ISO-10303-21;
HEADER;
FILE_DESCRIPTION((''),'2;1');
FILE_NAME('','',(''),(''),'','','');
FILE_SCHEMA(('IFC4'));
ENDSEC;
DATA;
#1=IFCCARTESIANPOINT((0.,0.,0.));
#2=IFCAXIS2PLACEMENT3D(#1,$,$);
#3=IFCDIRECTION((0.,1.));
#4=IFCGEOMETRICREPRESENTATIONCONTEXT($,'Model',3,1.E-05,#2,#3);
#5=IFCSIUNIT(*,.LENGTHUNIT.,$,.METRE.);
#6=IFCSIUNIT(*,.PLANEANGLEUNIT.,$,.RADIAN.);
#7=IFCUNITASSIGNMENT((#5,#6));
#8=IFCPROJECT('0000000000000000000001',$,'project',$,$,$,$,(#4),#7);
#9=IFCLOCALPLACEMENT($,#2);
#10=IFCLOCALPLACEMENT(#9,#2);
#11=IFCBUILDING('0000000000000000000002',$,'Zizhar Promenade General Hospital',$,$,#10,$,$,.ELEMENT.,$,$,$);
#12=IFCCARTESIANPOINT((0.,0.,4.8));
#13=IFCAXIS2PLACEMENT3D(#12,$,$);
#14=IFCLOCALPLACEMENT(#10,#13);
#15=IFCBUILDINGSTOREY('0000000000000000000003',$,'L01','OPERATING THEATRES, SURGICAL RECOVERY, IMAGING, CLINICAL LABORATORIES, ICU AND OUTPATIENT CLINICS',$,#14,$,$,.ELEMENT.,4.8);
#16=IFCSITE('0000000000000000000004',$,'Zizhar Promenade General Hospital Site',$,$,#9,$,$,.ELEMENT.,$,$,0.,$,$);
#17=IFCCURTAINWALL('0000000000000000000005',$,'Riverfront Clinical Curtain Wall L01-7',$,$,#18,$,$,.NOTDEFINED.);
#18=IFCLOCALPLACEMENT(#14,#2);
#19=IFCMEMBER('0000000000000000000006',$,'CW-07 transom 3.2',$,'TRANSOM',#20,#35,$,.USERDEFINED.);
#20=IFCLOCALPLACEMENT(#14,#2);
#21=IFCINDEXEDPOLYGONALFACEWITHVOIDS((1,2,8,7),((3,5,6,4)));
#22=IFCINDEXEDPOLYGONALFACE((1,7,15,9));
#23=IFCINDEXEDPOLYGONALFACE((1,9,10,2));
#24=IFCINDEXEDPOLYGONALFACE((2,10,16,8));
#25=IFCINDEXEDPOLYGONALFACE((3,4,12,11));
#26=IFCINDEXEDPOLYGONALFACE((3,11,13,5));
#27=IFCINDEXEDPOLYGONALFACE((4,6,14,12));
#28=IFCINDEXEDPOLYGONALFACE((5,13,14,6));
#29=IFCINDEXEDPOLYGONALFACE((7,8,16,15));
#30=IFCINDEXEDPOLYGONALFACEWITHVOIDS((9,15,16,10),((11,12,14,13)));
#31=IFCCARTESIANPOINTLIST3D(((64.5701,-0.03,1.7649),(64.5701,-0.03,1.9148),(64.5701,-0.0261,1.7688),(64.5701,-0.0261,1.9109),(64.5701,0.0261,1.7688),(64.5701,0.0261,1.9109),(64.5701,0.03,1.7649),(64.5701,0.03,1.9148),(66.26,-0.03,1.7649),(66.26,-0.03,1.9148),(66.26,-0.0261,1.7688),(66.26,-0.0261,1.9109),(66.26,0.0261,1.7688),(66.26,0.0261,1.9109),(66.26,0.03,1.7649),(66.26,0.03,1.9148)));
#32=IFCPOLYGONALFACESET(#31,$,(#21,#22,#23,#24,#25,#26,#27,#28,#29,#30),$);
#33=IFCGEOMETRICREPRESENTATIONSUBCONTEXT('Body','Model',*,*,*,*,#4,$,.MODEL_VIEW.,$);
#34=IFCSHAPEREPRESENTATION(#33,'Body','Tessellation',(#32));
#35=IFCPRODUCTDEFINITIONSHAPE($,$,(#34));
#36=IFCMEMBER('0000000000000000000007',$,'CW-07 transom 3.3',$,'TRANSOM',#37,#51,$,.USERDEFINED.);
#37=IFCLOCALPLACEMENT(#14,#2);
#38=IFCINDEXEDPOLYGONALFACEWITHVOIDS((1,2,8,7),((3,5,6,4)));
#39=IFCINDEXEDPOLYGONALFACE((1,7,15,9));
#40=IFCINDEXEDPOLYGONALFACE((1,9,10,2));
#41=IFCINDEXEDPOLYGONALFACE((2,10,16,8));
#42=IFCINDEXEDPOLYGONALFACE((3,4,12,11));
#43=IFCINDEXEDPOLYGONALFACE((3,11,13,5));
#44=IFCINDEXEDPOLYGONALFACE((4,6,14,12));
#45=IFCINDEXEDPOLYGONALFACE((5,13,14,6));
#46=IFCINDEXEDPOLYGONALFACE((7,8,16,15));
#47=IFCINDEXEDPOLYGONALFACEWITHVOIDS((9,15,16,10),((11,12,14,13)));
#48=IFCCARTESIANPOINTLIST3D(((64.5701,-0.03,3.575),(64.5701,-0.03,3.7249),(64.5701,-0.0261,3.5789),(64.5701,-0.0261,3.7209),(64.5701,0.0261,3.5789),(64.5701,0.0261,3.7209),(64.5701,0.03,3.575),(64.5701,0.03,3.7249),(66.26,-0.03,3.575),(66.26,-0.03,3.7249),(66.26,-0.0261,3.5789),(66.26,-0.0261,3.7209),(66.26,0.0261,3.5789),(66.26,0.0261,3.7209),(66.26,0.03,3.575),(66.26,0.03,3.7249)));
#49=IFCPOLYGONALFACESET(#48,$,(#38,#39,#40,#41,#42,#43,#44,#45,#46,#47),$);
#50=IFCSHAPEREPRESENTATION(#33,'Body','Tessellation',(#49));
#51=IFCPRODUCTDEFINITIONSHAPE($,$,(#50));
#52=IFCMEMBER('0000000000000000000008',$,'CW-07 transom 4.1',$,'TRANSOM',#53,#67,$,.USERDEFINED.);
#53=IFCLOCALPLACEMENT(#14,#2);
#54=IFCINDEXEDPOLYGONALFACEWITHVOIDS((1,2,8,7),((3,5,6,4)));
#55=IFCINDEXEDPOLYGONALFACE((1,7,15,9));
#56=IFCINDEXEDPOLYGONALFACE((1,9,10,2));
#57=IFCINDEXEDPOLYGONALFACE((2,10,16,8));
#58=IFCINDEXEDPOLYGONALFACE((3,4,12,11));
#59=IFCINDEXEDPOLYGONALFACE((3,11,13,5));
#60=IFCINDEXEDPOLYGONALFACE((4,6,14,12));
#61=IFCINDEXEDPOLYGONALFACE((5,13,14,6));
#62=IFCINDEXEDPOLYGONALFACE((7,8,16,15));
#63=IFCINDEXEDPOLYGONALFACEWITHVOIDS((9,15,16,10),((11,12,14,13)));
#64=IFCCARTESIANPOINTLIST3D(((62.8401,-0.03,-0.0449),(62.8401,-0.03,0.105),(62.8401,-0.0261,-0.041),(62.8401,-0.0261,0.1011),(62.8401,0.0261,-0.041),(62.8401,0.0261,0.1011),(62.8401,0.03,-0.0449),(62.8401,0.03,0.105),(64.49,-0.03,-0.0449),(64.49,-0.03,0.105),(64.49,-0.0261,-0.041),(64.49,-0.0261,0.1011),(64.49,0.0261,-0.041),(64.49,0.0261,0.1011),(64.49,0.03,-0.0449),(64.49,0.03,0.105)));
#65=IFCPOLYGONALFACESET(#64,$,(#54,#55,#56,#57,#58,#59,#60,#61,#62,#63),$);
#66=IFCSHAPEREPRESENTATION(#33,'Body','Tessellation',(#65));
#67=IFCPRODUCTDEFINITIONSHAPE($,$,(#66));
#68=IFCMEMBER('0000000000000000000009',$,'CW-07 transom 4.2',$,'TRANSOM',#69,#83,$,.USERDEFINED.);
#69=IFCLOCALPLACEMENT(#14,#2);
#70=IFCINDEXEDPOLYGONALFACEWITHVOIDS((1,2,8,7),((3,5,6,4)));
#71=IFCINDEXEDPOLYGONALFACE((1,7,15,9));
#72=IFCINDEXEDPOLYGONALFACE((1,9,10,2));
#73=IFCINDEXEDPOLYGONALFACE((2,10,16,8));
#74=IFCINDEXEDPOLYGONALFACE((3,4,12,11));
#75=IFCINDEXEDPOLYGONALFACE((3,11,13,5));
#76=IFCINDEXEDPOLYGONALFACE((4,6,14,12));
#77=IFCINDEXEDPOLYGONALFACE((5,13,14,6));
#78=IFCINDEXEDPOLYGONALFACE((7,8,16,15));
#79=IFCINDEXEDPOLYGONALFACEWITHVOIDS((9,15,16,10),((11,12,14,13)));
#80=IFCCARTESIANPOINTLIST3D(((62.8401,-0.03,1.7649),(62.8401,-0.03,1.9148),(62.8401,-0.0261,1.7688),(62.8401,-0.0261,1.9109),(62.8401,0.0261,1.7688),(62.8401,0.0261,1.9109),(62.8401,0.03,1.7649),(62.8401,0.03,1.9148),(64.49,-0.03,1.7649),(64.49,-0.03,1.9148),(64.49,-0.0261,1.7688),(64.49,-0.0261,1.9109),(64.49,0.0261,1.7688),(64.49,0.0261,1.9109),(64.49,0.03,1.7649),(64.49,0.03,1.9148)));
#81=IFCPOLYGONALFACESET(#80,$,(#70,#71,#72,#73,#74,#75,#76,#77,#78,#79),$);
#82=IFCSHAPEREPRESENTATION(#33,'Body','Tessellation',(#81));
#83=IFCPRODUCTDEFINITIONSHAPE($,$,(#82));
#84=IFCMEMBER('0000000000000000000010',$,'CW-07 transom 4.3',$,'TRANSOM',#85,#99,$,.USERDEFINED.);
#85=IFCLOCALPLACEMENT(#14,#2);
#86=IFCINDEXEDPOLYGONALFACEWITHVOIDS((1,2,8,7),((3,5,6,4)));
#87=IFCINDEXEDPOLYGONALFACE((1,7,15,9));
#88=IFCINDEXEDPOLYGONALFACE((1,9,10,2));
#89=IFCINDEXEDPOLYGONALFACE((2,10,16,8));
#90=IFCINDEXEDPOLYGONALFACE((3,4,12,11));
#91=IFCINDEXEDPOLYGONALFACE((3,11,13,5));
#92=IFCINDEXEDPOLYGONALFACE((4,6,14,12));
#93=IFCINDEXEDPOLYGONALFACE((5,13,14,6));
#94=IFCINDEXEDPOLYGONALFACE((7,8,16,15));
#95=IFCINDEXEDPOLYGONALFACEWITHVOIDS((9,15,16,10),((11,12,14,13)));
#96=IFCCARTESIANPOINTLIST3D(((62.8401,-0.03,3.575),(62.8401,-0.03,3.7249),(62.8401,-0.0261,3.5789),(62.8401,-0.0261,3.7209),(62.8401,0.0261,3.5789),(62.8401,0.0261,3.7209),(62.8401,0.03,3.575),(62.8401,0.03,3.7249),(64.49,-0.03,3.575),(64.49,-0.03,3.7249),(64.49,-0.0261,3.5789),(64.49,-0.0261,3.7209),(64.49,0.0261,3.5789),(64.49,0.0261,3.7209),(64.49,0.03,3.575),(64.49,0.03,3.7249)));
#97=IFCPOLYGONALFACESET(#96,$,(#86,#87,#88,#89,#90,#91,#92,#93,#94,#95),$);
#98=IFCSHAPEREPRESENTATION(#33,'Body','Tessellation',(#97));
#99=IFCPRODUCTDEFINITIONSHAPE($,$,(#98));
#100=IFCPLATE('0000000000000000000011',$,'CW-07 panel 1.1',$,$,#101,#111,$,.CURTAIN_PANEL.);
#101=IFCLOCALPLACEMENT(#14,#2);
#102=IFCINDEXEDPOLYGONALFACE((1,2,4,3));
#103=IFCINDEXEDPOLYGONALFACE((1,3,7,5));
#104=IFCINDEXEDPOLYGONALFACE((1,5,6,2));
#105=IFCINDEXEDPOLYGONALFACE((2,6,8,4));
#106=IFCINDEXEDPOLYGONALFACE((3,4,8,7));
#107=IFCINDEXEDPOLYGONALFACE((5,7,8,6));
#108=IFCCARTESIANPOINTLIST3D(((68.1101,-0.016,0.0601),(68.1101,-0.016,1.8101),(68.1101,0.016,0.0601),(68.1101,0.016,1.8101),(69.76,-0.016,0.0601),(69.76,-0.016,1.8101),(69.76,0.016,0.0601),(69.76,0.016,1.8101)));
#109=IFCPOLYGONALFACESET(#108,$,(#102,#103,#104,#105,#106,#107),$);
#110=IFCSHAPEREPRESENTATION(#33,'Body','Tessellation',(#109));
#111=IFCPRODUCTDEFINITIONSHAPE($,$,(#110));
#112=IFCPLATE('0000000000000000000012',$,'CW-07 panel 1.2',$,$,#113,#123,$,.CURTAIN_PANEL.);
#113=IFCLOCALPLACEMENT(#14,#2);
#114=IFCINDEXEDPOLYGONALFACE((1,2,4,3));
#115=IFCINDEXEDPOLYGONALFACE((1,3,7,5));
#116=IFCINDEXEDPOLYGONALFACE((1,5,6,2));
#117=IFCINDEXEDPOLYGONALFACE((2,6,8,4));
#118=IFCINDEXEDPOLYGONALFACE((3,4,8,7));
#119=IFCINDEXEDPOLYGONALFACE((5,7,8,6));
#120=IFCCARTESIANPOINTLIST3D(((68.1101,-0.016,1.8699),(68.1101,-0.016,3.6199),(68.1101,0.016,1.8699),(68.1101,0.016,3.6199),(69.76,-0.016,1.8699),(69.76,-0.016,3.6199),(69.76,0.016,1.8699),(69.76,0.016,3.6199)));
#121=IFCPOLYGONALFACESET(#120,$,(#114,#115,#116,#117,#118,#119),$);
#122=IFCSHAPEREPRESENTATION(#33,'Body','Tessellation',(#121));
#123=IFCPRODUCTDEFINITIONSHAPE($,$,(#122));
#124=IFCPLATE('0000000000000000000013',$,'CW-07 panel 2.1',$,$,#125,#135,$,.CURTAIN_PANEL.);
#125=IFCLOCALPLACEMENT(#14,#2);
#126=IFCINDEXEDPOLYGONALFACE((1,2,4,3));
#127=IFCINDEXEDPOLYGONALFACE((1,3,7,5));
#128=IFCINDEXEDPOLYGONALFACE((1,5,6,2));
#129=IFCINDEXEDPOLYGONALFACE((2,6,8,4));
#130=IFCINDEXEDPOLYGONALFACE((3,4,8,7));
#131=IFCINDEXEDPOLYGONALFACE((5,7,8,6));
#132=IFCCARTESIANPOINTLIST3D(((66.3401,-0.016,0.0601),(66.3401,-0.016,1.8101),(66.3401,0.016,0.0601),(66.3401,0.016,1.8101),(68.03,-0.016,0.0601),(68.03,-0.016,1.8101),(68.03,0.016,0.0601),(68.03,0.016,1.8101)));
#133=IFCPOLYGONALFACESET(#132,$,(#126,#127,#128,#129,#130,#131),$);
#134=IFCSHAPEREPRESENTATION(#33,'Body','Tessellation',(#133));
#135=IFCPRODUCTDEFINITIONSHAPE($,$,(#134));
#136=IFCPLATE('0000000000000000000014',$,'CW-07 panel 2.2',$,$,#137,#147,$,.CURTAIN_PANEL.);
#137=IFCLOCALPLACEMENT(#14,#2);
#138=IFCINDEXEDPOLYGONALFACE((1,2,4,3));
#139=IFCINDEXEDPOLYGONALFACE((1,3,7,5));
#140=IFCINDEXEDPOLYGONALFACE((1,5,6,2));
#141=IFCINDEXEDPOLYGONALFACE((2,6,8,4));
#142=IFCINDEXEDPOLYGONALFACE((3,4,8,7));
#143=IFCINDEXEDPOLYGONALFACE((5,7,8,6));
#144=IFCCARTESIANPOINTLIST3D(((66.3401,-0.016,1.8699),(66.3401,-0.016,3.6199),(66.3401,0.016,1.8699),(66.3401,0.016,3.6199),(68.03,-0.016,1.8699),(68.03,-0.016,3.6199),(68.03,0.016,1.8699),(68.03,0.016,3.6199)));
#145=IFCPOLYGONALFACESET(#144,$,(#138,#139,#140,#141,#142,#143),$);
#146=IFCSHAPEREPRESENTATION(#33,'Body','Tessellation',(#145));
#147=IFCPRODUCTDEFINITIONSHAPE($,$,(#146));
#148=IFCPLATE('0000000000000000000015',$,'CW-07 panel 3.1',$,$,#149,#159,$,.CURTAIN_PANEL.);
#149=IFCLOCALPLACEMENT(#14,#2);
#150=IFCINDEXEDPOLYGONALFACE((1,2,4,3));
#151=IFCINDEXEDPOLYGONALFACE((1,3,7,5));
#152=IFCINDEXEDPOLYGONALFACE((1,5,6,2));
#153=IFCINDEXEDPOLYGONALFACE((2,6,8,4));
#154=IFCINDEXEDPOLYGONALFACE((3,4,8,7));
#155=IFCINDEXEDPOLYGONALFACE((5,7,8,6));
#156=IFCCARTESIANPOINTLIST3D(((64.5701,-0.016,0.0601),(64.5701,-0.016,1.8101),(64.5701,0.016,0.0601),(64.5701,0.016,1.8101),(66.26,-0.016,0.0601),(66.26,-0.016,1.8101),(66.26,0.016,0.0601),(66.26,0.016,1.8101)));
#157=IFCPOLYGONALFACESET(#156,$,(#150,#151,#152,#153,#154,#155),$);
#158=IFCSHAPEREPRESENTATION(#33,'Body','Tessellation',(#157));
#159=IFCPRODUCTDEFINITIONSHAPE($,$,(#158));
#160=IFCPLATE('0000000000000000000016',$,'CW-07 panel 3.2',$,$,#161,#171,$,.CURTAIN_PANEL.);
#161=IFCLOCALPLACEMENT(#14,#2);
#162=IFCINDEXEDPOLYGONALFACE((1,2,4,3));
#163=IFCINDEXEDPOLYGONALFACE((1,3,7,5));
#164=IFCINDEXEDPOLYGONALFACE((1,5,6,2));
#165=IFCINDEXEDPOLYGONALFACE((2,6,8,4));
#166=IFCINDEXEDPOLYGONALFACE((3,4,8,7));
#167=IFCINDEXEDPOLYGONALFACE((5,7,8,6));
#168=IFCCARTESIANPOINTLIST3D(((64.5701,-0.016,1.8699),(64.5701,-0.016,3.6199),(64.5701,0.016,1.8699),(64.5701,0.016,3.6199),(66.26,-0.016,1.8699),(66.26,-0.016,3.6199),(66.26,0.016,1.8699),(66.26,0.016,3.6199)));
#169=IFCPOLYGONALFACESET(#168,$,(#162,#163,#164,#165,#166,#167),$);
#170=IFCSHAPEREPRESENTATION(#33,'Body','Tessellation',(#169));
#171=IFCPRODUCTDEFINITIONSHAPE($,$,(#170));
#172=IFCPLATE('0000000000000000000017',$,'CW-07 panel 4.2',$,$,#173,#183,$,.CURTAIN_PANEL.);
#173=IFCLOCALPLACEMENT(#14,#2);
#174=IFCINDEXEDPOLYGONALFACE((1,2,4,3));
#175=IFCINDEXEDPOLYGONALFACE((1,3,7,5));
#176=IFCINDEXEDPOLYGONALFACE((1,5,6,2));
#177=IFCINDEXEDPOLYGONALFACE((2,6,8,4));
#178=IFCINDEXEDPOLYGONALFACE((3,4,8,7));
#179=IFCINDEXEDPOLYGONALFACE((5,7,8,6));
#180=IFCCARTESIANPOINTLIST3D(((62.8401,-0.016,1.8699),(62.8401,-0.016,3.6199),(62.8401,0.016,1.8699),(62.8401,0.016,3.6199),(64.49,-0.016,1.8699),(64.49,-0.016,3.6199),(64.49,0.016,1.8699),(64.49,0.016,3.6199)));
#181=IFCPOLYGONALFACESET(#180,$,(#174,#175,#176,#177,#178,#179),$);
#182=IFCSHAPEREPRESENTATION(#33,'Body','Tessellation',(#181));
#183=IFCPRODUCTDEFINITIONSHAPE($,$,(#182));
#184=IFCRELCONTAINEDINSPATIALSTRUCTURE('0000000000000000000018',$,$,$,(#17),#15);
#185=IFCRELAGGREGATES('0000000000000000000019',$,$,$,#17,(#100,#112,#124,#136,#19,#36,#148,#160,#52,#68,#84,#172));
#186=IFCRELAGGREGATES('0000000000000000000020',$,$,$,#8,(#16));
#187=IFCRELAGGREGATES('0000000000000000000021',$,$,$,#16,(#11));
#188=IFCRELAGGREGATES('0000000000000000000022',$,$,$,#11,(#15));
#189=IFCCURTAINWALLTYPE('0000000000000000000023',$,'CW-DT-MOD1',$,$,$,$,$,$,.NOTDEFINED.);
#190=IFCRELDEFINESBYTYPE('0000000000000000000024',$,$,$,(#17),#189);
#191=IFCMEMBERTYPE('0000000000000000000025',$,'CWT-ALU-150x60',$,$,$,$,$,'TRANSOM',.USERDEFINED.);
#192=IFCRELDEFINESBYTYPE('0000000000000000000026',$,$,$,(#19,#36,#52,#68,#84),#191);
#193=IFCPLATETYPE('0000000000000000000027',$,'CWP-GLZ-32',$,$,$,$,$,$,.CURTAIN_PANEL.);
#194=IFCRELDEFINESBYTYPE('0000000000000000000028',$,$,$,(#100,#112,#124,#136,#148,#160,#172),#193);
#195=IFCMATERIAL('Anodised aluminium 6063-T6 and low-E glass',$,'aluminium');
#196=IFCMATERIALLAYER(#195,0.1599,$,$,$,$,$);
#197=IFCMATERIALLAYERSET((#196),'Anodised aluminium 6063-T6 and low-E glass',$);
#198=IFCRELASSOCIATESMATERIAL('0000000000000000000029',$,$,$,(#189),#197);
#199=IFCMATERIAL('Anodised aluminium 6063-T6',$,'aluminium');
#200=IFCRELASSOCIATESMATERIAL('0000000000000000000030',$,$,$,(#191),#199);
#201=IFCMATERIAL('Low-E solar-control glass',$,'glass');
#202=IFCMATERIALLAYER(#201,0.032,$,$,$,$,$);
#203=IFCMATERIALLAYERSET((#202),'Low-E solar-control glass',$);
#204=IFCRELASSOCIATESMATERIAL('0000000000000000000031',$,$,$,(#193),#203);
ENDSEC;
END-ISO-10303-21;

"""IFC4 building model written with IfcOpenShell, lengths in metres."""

from ifc_helpers import new_model, si_unit, direction, frame, origin, origin_2d, place, context, subcontext, project, spatial, rectangle, hollow_rectangle, extrude, material, layer, layer_set, material_profile, profile_set, type_object, element, aggregate, save


model = new_model("IFC4")

# Units and contexts
model_context = context("Model", 3, precision=1e-05, world=origin(), true_north=direction((0.0, 1.0)))
body_context = subcontext(model_context, "Body", "Model", "MODEL_VIEW")
ifc_project = project(units=[si_unit("LENGTHUNIT", "METRE"), si_unit("PLANEANGLEUNIT", "RADIAN")], contexts=[model_context])

# Site, building, storey
site_placement = place(None, origin())
site = spatial("IfcSite", under=ifc_project, at=site_placement, Name="Zizhar Promenade General Hospital Site", CompositionType="ELEMENT", RefElevation=0.0)
building_placement = place(site_placement, origin())
building = spatial("IfcBuilding", under=site, at=building_placement, Name="Zizhar Promenade General Hospital", CompositionType="ELEMENT")
storey_placement = place(building_placement, frame((0.0, 0.0, 4.8)))
storey = spatial("IfcBuildingStorey", under=building, at=storey_placement, Name="L01", Description="OPERATING THEATRES, SURGICAL RECOVERY, IMAGING, CLINICAL LABORATORIES, ICU AND OUTPATIENT CLINICS", CompositionType="ELEMENT", Elevation=4.8)

# Curtain wall, members, plates
ifc_material_1 = material(Name="Anodised aluminium 6063-T6 and low-E glass", Category="aluminium")
ifc_layer_1 = layer(ifc_material_1, 0.1599)
ifc_layer_set_1 = layer_set([ifc_layer_1], Name="Anodised aluminium 6063-T6 and low-E glass")
curtain_wall_type = type_object("IfcCurtainWallType", Name="CW-DT-MOD1", PredefinedType="NOTDEFINED", material=ifc_layer_set_1)
curtain_wall_placement = place(storey_placement, origin())
curtain_wall = element("IfcCurtainWall", 1, at=curtain_wall_placement, inside=storey, type_object=curtain_wall_type, Name="Riverfront Clinical Curtain Wall L01-7", PredefinedType="NOTDEFINED")
ifc_material_2 = material(Name="Anodised aluminium 6063-T6", Category="aluminium")
ifc_material_profile_1 = material_profile(ifc_material_2, hollow_rectangle(XDim=0.0601, YDim=0.1499, WallThickness=0.0039, at=origin_2d()))
ifc_profile_set_1 = profile_set([ifc_material_profile_1], Name="Anodised aluminium 6063-T6")
member_type_1 = type_object("IfcMemberType", Name="CWT-ALU-150x60", ElementType="TRANSOM", PredefinedType="USERDEFINED", material=ifc_profile_set_1)
member_1_placement = place(storey_placement, frame((66.26, 0.0, 1.8398), z_axis=(-1.0, 0.0, 0.0), x_axis=(0.0, -1.0, 0.0)))
member_1 = element("IfcMember", 2, at=member_1_placement, type_object=member_type_1, Name="CW-07 transom 3.2", ObjectType="TRANSOM", PredefinedType="USERDEFINED", context=body_context, shape_type="SweptSolid", body=[
    extrude(hollow_rectangle(XDim=0.0601, YDim=0.1499, WallThickness=0.0039, at=origin_2d()), origin(), (0.0, 0.0, 1.0), 1.6899),
])
member_2_placement = place(storey_placement, frame((66.26, 0.0, 3.6499), z_axis=(-1.0, 0.0, 0.0), x_axis=(0.0, -1.0, 0.0)))
member_2 = element("IfcMember", 3, at=member_2_placement, type_object=member_type_1, Name="CW-07 transom 3.3", ObjectType="TRANSOM", PredefinedType="USERDEFINED", context=body_context, shape_type="SweptSolid", body=[
    extrude(hollow_rectangle(XDim=0.0601, YDim=0.1499, WallThickness=0.0039, at=origin_2d()), origin(), (0.0, 0.0, 1.0), 1.6899),
])
member_3_placement = place(storey_placement, frame((64.49, 0.0, 0.03), z_axis=(-1.0, 0.0, 0.0), x_axis=(0.0, -1.0, 0.0)))
member_3 = element("IfcMember", 4, at=member_3_placement, type_object=member_type_1, Name="CW-07 transom 4.1", ObjectType="TRANSOM", PredefinedType="USERDEFINED", context=body_context, shape_type="SweptSolid", body=[
    extrude(hollow_rectangle(XDim=0.0601, YDim=0.1499, WallThickness=0.0039, at=origin_2d()), origin(), (0.0, 0.0, 1.0), 1.6499),
])
member_4_placement = place(storey_placement, frame((64.49, 0.0, 1.8398), z_axis=(-1.0, 0.0, 0.0), x_axis=(0.0, -1.0, 0.0)))
member_4 = element("IfcMember", 5, at=member_4_placement, type_object=member_type_1, Name="CW-07 transom 4.2", ObjectType="TRANSOM", PredefinedType="USERDEFINED", context=body_context, shape_type="SweptSolid", body=[
    extrude(hollow_rectangle(XDim=0.0601, YDim=0.1499, WallThickness=0.0039, at=origin_2d()), origin(), (0.0, 0.0, 1.0), 1.6499),
])
member_5_placement = place(storey_placement, frame((64.49, 0.0, 3.6499), z_axis=(-1.0, 0.0, 0.0), x_axis=(0.0, -1.0, 0.0)))
member_5 = element("IfcMember", 6, at=member_5_placement, type_object=member_type_1, Name="CW-07 transom 4.3", ObjectType="TRANSOM", PredefinedType="USERDEFINED", context=body_context, shape_type="SweptSolid", body=[
    extrude(hollow_rectangle(XDim=0.0601, YDim=0.1499, WallThickness=0.0039, at=origin_2d()), origin(), (0.0, 0.0, 1.0), 1.6499),
])
ifc_material_3 = material(Name="Low-E solar-control glass", Category="glass")
ifc_layer_2 = layer(ifc_material_3, 0.032)
ifc_layer_set_2 = layer_set([ifc_layer_2], Name="Low-E solar-control glass")
plate_type = type_object("IfcPlateType", Name="CWP-GLZ-32", PredefinedType="CURTAIN_PANEL", material=ifc_layer_set_2)
plate_1_placement = place(storey_placement, frame((68.9351, 0.0, 0.0601), z_axis=(0.0, 0.0, 1.0), x_axis=(-1.0, 0.0, 0.0)))
plate_1 = element("IfcPlate", 7, at=plate_1_placement, type_object=plate_type, Name="CW-07 panel 1.1", PredefinedType="CURTAIN_PANEL", context=body_context, shape_type="SweptSolid", body=[
    extrude(rectangle(XDim=1.6499, YDim=0.032, at=origin_2d()), origin(), (0.0, 0.0, 1.0), 1.75),
])
plate_2_placement = place(storey_placement, frame((68.9351, 0.0, 1.8699), z_axis=(0.0, 0.0, 1.0), x_axis=(-1.0, 0.0, 0.0)))
plate_2 = element("IfcPlate", 8, at=plate_2_placement, type_object=plate_type, Name="CW-07 panel 1.2", PredefinedType="CURTAIN_PANEL", context=body_context, shape_type="SweptSolid", body=[
    extrude(rectangle(XDim=1.6499, YDim=0.032, at=origin_2d()), origin(), (0.0, 0.0, 1.0), 1.75),
])
plate_3_placement = place(storey_placement, frame((67.1851, 0.0, 0.0601), z_axis=(0.0, 0.0, 1.0), x_axis=(-1.0, 0.0, 0.0)))
plate_3 = element("IfcPlate", 9, at=plate_3_placement, type_object=plate_type, Name="CW-07 panel 2.1", PredefinedType="CURTAIN_PANEL", context=body_context, shape_type="SweptSolid", body=[
    extrude(rectangle(XDim=1.6899, YDim=0.032, at=origin_2d()), origin(), (0.0, 0.0, 1.0), 1.75),
])
plate_4_placement = place(storey_placement, frame((67.1851, 0.0, 1.8699), z_axis=(0.0, 0.0, 1.0), x_axis=(-1.0, 0.0, 0.0)))
plate_4 = element("IfcPlate", 10, at=plate_4_placement, type_object=plate_type, Name="CW-07 panel 2.2", PredefinedType="CURTAIN_PANEL", context=body_context, shape_type="SweptSolid", body=[
    extrude(rectangle(XDim=1.6899, YDim=0.032, at=origin_2d()), origin(), (0.0, 0.0, 1.0), 1.75),
])
plate_5_placement = place(storey_placement, frame((65.415, 0.0, 0.0601), z_axis=(0.0, 0.0, 1.0), x_axis=(-1.0, 0.0, 0.0)))
plate_5 = element("IfcPlate", 11, at=plate_5_placement, type_object=plate_type, Name="CW-07 panel 3.1", PredefinedType="CURTAIN_PANEL", context=body_context, shape_type="SweptSolid", body=[
    extrude(rectangle(XDim=1.6899, YDim=0.032, at=origin_2d()), origin(), (0.0, 0.0, 1.0), 1.75),
])
plate_6_placement = place(storey_placement, frame((65.415, 0.0, 1.8699), z_axis=(0.0, 0.0, 1.0), x_axis=(-1.0, 0.0, 0.0)))
plate_6 = element("IfcPlate", 12, at=plate_6_placement, type_object=plate_type, Name="CW-07 panel 3.2", PredefinedType="CURTAIN_PANEL", context=body_context, shape_type="SweptSolid", body=[
    extrude(rectangle(XDim=1.6899, YDim=0.032, at=origin_2d()), origin(), (0.0, 0.0, 1.0), 1.75),
])
plate_7_placement = place(storey_placement, frame((63.665, 0.0, 1.8699), z_axis=(0.0, 0.0, 1.0), x_axis=(-1.0, 0.0, 0.0)))
plate_7 = element("IfcPlate", 13, at=plate_7_placement, type_object=plate_type, Name="CW-07 panel 4.2", PredefinedType="CURTAIN_PANEL", context=body_context, shape_type="SweptSolid", body=[
    extrude(rectangle(XDim=1.6499, YDim=0.032, at=origin_2d()), origin(), (0.0, 0.0, 1.0), 1.75),
])
aggregate(curtain_wall, [plate_1, plate_2, plate_3, plate_4, member_1, member_2, plate_5, plate_6, member_3, member_4, member_5, plate_7])

save(model, "model.ifc")
